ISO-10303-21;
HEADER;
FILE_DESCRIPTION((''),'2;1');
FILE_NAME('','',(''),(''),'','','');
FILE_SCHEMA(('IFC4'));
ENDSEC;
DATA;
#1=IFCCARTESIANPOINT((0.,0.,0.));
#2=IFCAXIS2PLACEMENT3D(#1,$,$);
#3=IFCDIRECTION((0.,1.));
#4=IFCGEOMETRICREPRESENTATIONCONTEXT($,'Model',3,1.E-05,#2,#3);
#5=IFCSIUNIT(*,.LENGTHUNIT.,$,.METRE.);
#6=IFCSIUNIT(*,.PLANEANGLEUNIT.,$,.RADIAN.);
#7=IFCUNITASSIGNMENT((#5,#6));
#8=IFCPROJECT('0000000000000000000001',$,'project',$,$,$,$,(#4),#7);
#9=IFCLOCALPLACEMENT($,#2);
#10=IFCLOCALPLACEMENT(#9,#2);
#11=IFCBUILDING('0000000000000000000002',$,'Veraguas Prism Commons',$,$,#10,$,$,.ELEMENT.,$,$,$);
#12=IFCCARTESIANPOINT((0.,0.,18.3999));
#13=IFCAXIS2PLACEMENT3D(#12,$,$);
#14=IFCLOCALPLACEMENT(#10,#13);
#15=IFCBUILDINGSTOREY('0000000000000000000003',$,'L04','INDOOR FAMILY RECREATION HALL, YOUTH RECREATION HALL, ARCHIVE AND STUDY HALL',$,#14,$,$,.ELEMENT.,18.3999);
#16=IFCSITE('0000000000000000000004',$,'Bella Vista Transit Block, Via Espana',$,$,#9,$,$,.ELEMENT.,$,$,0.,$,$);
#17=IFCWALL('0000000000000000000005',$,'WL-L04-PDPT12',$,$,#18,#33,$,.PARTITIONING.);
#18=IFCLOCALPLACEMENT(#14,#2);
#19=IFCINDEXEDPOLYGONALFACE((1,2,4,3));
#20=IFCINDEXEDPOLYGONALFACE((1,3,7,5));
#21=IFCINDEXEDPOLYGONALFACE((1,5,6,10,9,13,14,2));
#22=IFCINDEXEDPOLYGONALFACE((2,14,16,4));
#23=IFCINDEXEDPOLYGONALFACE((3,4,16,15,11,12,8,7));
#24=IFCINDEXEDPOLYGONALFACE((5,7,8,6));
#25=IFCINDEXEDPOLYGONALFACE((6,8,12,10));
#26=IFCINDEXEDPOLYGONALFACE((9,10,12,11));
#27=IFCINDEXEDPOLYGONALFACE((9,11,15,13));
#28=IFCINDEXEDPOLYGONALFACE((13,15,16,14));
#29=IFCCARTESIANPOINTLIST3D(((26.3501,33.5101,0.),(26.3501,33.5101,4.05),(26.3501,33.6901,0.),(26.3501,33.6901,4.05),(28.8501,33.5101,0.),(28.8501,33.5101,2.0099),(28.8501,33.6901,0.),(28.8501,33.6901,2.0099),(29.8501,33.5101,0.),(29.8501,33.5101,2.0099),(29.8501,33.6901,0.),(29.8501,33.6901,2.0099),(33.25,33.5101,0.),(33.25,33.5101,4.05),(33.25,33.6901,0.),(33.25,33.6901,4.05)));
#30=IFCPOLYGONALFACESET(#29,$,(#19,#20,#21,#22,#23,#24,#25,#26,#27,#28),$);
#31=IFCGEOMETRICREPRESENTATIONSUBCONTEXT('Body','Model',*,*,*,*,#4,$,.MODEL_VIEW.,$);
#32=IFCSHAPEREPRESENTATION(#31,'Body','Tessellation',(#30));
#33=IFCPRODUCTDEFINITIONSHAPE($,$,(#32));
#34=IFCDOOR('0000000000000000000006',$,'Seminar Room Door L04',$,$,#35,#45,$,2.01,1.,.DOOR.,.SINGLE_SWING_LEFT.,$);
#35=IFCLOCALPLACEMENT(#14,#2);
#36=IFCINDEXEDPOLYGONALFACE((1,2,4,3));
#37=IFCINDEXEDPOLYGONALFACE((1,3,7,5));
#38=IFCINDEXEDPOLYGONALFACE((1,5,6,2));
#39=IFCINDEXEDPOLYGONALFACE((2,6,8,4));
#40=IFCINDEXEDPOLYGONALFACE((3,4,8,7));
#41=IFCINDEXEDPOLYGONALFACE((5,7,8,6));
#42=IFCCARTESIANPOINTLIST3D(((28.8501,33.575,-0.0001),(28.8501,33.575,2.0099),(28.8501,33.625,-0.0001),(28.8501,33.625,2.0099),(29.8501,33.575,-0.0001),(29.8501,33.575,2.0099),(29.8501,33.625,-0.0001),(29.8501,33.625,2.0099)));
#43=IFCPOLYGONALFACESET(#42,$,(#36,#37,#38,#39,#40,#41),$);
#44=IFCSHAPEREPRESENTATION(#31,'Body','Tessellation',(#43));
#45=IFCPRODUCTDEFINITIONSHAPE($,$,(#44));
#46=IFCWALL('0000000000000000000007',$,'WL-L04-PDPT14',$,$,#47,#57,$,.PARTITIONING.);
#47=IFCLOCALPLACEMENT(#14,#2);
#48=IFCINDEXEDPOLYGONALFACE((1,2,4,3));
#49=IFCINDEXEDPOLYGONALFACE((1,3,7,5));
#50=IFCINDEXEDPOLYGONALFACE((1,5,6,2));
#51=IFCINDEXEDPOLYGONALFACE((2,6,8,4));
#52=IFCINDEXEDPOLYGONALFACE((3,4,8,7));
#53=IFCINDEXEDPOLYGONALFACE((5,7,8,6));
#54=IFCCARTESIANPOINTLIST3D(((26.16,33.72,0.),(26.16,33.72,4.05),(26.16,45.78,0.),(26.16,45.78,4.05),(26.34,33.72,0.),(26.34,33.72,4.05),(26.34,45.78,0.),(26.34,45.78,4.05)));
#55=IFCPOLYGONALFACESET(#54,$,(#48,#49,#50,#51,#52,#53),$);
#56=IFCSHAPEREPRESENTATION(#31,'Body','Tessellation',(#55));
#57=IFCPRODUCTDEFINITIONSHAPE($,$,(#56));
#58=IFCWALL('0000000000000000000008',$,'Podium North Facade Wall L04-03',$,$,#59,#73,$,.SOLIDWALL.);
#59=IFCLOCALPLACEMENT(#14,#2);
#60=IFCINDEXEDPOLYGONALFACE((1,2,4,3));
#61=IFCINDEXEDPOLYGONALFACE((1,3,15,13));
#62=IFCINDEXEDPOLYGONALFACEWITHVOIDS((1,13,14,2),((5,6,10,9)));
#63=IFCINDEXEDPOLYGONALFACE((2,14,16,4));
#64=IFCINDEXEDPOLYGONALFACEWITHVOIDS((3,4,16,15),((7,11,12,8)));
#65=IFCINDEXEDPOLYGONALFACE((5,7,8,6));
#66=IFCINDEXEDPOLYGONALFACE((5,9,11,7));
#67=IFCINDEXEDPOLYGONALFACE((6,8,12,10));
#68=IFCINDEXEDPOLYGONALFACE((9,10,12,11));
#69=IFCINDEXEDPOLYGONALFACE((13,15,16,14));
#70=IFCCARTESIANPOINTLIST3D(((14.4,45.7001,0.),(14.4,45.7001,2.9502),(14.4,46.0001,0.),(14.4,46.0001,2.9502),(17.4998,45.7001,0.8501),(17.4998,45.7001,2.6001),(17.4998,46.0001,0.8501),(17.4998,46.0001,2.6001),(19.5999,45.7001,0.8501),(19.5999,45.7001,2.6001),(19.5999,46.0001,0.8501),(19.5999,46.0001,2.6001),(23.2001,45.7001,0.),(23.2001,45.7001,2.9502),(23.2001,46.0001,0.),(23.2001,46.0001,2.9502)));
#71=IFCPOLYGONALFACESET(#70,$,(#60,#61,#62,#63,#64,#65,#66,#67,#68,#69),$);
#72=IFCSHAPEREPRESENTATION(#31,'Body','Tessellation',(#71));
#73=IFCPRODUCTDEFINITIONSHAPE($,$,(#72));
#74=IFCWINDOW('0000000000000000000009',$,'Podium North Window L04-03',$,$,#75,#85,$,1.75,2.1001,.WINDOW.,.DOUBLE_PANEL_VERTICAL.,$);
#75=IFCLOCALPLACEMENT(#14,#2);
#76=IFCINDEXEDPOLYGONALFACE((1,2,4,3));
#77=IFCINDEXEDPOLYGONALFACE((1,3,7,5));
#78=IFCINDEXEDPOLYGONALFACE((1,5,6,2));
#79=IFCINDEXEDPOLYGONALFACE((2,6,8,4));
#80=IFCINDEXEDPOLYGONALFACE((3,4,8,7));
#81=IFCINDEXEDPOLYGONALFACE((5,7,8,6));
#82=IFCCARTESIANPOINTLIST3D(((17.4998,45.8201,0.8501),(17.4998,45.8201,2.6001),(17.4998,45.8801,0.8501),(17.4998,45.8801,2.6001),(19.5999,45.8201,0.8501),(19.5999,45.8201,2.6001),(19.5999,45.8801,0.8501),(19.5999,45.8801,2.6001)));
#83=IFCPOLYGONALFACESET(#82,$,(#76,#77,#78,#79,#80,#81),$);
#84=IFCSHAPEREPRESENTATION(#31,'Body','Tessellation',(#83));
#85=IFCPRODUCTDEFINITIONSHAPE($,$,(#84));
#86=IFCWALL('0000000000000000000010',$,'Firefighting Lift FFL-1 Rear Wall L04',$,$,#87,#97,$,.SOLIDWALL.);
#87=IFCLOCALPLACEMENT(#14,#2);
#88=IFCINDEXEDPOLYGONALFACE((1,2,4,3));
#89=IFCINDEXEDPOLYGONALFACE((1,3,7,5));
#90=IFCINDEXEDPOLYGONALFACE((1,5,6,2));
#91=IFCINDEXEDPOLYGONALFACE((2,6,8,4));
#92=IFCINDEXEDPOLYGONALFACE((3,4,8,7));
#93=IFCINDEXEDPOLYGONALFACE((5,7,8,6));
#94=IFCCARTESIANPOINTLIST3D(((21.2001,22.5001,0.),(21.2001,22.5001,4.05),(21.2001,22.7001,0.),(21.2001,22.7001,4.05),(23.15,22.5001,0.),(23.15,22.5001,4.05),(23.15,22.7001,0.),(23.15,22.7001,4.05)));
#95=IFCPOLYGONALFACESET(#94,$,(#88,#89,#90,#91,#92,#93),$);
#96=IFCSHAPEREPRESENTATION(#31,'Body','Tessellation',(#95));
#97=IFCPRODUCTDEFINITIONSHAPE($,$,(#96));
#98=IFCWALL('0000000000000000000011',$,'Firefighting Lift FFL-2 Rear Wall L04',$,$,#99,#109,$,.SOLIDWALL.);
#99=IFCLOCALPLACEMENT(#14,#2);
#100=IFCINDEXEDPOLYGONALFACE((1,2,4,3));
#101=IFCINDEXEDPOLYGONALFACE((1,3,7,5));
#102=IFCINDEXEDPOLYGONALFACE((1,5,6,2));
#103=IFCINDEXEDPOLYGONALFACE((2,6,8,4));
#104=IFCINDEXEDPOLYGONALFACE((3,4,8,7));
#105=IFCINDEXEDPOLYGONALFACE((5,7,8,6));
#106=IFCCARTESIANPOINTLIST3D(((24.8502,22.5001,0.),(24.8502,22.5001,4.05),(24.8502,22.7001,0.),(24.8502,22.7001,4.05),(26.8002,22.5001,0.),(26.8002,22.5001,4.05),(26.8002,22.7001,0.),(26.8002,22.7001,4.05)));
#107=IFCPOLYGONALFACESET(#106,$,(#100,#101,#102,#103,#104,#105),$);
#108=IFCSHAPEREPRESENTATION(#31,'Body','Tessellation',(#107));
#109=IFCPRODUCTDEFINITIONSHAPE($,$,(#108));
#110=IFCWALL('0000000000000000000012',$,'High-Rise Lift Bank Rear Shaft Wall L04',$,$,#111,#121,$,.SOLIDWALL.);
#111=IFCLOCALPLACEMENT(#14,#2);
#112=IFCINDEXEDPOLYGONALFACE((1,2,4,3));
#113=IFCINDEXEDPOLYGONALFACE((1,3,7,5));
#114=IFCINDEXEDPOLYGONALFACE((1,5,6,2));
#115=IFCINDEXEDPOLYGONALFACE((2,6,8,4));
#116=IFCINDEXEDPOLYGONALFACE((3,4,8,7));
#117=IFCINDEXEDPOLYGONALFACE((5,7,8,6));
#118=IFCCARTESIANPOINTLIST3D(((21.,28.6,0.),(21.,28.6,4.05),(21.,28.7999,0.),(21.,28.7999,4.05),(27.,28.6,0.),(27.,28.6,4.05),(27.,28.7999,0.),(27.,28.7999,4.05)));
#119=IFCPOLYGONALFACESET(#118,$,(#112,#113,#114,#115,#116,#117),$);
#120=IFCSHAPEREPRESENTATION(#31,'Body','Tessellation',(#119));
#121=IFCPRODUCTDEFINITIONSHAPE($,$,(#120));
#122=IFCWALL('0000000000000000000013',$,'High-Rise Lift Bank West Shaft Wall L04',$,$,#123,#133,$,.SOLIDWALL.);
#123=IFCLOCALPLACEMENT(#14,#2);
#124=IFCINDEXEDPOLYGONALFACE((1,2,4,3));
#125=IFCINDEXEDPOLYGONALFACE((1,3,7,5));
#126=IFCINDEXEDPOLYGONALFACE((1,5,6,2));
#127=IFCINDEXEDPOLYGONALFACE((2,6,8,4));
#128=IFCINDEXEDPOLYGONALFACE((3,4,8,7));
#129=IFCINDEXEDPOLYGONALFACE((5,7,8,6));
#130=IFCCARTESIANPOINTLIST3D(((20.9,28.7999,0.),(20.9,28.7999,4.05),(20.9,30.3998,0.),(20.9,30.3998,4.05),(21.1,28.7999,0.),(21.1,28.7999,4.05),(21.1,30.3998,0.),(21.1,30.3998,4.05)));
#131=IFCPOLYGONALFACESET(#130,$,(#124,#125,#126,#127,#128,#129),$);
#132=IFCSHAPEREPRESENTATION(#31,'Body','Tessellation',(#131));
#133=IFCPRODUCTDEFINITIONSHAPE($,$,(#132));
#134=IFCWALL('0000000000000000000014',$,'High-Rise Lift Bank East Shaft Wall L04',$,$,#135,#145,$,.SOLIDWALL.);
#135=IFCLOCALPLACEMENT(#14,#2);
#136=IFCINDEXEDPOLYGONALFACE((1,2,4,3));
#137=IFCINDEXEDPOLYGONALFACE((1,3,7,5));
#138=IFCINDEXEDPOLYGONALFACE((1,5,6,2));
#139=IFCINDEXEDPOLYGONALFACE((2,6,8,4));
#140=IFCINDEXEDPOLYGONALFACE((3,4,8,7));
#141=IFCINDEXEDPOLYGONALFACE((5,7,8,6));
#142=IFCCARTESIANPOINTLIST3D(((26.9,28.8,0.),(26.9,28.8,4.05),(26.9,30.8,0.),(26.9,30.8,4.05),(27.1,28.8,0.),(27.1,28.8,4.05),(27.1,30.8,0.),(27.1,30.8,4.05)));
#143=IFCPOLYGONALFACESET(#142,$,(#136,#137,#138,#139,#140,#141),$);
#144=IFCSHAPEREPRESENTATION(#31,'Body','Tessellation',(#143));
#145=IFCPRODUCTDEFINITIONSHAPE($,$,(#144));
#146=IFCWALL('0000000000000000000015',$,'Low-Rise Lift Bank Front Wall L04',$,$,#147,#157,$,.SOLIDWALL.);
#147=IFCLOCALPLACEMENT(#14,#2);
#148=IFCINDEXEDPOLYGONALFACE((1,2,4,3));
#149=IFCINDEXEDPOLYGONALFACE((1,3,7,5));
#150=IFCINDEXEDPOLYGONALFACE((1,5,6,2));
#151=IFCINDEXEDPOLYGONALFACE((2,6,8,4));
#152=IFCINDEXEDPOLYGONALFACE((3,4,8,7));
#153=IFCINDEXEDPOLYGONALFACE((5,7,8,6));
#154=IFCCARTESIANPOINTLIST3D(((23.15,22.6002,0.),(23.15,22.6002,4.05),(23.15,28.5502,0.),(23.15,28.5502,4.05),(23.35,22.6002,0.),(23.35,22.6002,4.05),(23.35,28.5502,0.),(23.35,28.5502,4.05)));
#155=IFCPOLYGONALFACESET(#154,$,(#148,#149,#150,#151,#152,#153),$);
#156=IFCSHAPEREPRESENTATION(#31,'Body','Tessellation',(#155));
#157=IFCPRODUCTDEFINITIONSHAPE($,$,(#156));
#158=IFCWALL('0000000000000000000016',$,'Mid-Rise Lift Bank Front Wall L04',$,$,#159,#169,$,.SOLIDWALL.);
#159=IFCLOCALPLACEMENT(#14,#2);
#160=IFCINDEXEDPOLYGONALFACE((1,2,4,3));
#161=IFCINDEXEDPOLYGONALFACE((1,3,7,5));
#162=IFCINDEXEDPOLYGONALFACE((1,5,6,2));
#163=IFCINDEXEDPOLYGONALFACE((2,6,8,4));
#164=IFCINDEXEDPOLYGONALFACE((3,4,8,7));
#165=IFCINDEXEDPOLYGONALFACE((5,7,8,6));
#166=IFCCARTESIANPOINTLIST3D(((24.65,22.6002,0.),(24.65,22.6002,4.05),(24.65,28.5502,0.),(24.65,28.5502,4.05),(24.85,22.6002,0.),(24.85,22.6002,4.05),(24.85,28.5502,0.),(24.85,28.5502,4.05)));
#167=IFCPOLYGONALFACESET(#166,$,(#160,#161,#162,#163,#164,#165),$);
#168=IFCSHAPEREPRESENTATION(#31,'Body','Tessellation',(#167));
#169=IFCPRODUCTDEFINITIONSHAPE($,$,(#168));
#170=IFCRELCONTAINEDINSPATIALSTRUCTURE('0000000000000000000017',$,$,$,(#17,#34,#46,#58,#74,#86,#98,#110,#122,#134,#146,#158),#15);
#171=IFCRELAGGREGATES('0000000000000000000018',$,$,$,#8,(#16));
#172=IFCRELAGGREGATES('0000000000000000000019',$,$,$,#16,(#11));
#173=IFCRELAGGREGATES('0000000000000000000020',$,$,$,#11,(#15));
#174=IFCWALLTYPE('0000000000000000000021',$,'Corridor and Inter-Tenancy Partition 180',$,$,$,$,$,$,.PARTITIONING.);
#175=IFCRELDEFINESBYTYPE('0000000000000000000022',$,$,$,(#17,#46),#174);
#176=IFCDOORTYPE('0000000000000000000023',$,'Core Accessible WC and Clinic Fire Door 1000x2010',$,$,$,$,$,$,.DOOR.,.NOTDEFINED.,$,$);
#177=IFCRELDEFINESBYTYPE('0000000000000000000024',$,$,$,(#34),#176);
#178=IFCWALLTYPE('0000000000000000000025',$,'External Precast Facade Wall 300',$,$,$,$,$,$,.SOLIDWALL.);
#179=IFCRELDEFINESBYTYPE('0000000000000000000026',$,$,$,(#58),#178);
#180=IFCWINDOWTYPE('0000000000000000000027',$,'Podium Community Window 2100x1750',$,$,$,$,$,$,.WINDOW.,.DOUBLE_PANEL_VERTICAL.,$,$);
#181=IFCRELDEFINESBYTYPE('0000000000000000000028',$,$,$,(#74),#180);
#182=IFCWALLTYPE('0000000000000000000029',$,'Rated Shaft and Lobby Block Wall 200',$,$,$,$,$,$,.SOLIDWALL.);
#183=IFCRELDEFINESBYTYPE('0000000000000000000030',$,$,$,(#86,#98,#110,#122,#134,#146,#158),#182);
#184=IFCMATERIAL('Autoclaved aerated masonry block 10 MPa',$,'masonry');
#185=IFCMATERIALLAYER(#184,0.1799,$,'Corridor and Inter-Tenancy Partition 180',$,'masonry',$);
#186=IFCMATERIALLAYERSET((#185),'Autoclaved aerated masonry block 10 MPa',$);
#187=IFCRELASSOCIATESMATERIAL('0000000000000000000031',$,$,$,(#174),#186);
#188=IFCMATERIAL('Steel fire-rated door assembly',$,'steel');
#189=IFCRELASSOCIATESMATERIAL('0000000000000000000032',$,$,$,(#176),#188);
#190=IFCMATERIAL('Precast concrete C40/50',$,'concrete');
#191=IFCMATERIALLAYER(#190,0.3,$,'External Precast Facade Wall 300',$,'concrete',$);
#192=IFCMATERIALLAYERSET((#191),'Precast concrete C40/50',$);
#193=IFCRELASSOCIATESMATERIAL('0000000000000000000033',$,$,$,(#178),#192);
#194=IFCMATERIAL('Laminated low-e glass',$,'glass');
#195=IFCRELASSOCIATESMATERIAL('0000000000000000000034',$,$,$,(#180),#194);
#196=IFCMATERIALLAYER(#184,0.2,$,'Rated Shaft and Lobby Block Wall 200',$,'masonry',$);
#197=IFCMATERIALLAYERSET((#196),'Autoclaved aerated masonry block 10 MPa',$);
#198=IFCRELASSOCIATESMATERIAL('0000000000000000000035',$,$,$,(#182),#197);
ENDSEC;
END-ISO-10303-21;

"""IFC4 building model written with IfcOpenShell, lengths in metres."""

from ifc_helpers import new_model, si_unit, direction, frame, frame_2d, origin, place, context, subcontext, project, spatial, rectangle, extrude, source, transform, mapped, material, layer, layer_set, type_object, element, fill, save


model = new_model("IFC4")

# Units and contexts
model_context = context("Model", 3, precision=1e-05, world=origin(), true_north=direction((0.0, 1.0)))
body_context = subcontext(model_context, "Body", "Model", "MODEL_VIEW")
ifc_project = project(units=[si_unit("LENGTHUNIT", "METRE"), si_unit("PLANEANGLEUNIT", "RADIAN")], contexts=[model_context])

# Site, building, storey
site_placement = place(None, origin())
site = spatial("IfcSite", under=ifc_project, at=site_placement, Name="Bella Vista Transit Block, Via Espana", CompositionType="ELEMENT", RefElevation=0.0)
building_placement = place(site_placement, origin())
building = spatial("IfcBuilding", under=site, at=building_placement, Name="Veraguas Prism Commons", CompositionType="ELEMENT")
storey_placement = place(building_placement, frame((0.0, 0.0, 18.3999)))
storey = spatial("IfcBuildingStorey", under=building, at=storey_placement, Name="L04", Description="INDOOR FAMILY RECREATION HALL, YOUTH RECREATION HALL, ARCHIVE AND STUDY HALL", CompositionType="ELEMENT", Elevation=18.3999)

# Wall, opening, door
ifc_material_1 = material(Name="Autoclaved aerated masonry block 10 MPa", Category="masonry")
ifc_layer_1 = layer(ifc_material_1, 0.1799, Name="Corridor and Inter-Tenancy Partition 180", Category="masonry")
ifc_layer_set_1 = layer_set([ifc_layer_1], Name="Autoclaved aerated masonry block 10 MPa")
wall_type_1 = type_object("IfcWallType", Name="Corridor and Inter-Tenancy Partition 180", PredefinedType="PARTITIONING", material=ifc_layer_set_1)
wall_1_placement = place(storey_placement, frame((26.3501, 33.6001, 0.0), z_axis=(0.0, 0.0, 1.0), x_axis=(1.0, 0.0, 0.0)))
wall_1 = element("IfcWall", 1, at=wall_1_placement, inside=storey, type_object=wall_type_1, Name="WL-L04-PDPT12", PredefinedType="PARTITIONING", context=body_context, shape_type="SweptSolid", body=[
    extrude(rectangle(XDim=6.8999, YDim=0.1799, at=frame_2d((3.45, 0.0))), origin(), (0.0, 0.0, 1.0), 4.05),
])
opening_1_placement = place(wall_1_placement, frame((2.5, 0.0, 0.0)))
opening_1 = element("IfcOpeningElement", 2, at=opening_1_placement, cuts=wall_1, PredefinedType="OPENING", context=body_context, shape_type="SweptSolid", body=[
    extrude(rectangle(XDim=1.0, YDim=2.01, at=frame_2d((0.5, 1.0049))), frame((0.0, 0.0999, 0.0), z_axis=(0.0, -1.0, 0.0), x_axis=(1.0, 0.0, 0.0)), (0.0, 0.0, 1.0), 0.2),
])
ifc_material_2 = material(Name="Steel fire-rated door assembly", Category="steel")
door_type = type_object("IfcDoorType", Name="Core Accessible WC and Clinic Fire Door 1000x2010", OperationType="NOTDEFINED", PredefinedType="DOOR", material=ifc_material_2)
shared_shape_1 = source(origin(), body_context, "Body", "SweptSolid", [
    extrude(rectangle(XDim=1.0, YDim=2.01, at=frame_2d((0.5, 1.0049))), frame((0.0, 0.0249, 0.0), z_axis=(0.0, -1.0, 0.0), x_axis=(1.0, 0.0, 0.0)), (0.0, 0.0, 1.0), 0.05),
])
door_1_placement = place(opening_1_placement, origin())
door_1 = element("IfcDoor", 3, at=door_1_placement, inside=storey, type_object=door_type, Name="Seminar Room Door L04", OperationType="SINGLE_SWING_LEFT", OverallHeight=2.01, OverallWidth=1.0, PredefinedType="DOOR", context=body_context, shape_type="MappedRepresentation", body=[
    mapped(shared_shape_1, transform((0.0, 0.0, 0.0), scale=1.0)),
])
fill(opening_1, door_1)

# Wall
wall_2_placement = place(storey_placement, frame((26.25, 33.72, 0.0), z_axis=(0.0, 0.0, 1.0), x_axis=(0.0, 1.0, 0.0)))
element("IfcWall", 4, at=wall_2_placement, inside=storey, type_object=wall_type_1, Name="WL-L04-PDPT14", PredefinedType="PARTITIONING", context=body_context, shape_type="SweptSolid", body=[
    extrude(rectangle(XDim=12.0601, YDim=0.1799, at=frame_2d((6.03, 0.0))), origin(), (0.0, 0.0, 1.0), 4.05),
])

# Wall, opening, window
ifc_material_3 = material(Name="Precast concrete C40/50", Category="concrete")
ifc_layer_2 = layer(ifc_material_3, 0.3, Name="External Precast Facade Wall 300", Category="concrete")
ifc_layer_set_2 = layer_set([ifc_layer_2], Name="Precast concrete C40/50")
wall_type_2 = type_object("IfcWallType", Name="External Precast Facade Wall 300", PredefinedType="SOLIDWALL", material=ifc_layer_set_2)
wall_3_placement = place(storey_placement, frame((23.2, 45.8501, 0.0), z_axis=(0.0, 0.0, 1.0), x_axis=(-1.0, 0.0, 0.0)))
wall_3 = element("IfcWall", 5, at=wall_3_placement, inside=storey, type_object=wall_type_2, Name="Podium North Facade Wall L04-03", PredefinedType="SOLIDWALL", context=body_context, shape_type="SweptSolid", body=[
    extrude(rectangle(XDim=8.8, YDim=0.3, at=frame_2d((4.3999, 0.0))), origin(), (0.0, 0.0, 1.0), 2.9502),
])
opening_2_placement = place(wall_3_placement, frame((3.6001, 0.0, 0.8501)))
opening_2 = element("IfcOpeningElement", 6, at=opening_2_placement, cuts=wall_3, PredefinedType="OPENING", context=body_context, shape_type="SweptSolid", body=[
    extrude(rectangle(XDim=2.1001, YDim=1.75, at=frame_2d((1.05, 0.875))), frame((0.0, 0.1599, 0.0), z_axis=(0.0, -1.0, 0.0), x_axis=(1.0, 0.0, 0.0)), (0.0, 0.0, 1.0), 0.3201),
])
ifc_material_4 = material(Name="Laminated low-e glass", Category="glass")
window_type = type_object("IfcWindowType", Name="Podium Community Window 2100x1750", PartitioningType="DOUBLE_PANEL_VERTICAL", PredefinedType="WINDOW", material=ifc_material_4)
shared_shape_2 = source(origin(), body_context, "Body", "SweptSolid", [
    extrude(rectangle(XDim=2.1001, YDim=1.75, at=frame_2d((1.05, 0.875))), frame((0.0, 0.03, 0.0), z_axis=(0.0, -1.0, 0.0), x_axis=(1.0, 0.0, 0.0)), (0.0, 0.0, 1.0), 0.0601),
])
window_placement = place(opening_2_placement, origin())
window = element("IfcWindow", 7, at=window_placement, inside=storey, type_object=window_type, Name="Podium North Window L04-03", OverallHeight=1.75, OverallWidth=2.1001, PartitioningType="DOUBLE_PANEL_VERTICAL", PredefinedType="WINDOW", context=body_context, shape_type="MappedRepresentation", body=[
    mapped(shared_shape_2, transform((0.0, 0.0, 0.0), scale=1.0)),
])
fill(opening_2, window)

# Walls
ifc_layer_3 = layer(ifc_material_1, 0.2, Name="Rated Shaft and Lobby Block Wall 200", Category="masonry")
ifc_layer_set_3 = layer_set([ifc_layer_3], Name="Autoclaved aerated masonry block 10 MPa")
wall_type_3 = type_object("IfcWallType", Name="Rated Shaft and Lobby Block Wall 200", PredefinedType="SOLIDWALL", material=ifc_layer_set_3)
for number, where, z_axis, x_axis, name in (
    (8, (21.2, 22.6001, 0.0), (0.0, 0.0, 1.0), (1.0, 0.0, 0.0), "Firefighting Lift FFL-1 Rear Wall L04"),
    (9, (24.8501, 22.6001, 0.0), (0.0, 0.0, 1.0), (1.0, 0.0, 0.0), "Firefighting Lift FFL-2 Rear Wall L04"),
):
    element("IfcWall", number, at=place(storey_placement, frame(where, z_axis=z_axis, x_axis=x_axis)), inside=storey, type_object=wall_type_3, Name=name, PredefinedType="SOLIDWALL", context=body_context, shape_type="SweptSolid", body=[
        extrude(rectangle(XDim=1.95, YDim=0.2, at=frame_2d((0.9751, 0.0))), origin(), (0.0, 0.0, 1.0), 4.05),
    ])
wall_4_placement = place(storey_placement, frame((21.0, 28.7, 0.0), z_axis=(0.0, 0.0, 1.0), x_axis=(1.0, 0.0, 0.0)))
element("IfcWall", 10, at=wall_4_placement, inside=storey, type_object=wall_type_3, Name="High-Rise Lift Bank Rear Shaft Wall L04", PredefinedType="SOLIDWALL", context=body_context, shape_type="SweptSolid", body=[
    extrude(rectangle(XDim=6.0, YDim=0.2, at=frame_2d((3.0, 0.0))), origin(), (0.0, 0.0, 1.0), 4.05),
])
wall_5_placement = place(storey_placement, frame((21.0, 28.8, 0.0), z_axis=(0.0, 0.0, 1.0), x_axis=(0.0, 1.0, 0.0)))
element("IfcWall", 11, at=wall_5_placement, inside=storey, type_object=wall_type_3, Name="High-Rise Lift Bank West Shaft Wall L04", PredefinedType="SOLIDWALL", context=body_context, shape_type="SweptSolid", body=[
    extrude(rectangle(XDim=1.5999, YDim=0.2, at=frame_2d((0.7998, 0.0))), origin(), (0.0, 0.0, 1.0), 4.05),
])
wall_6_placement = place(storey_placement, frame((27.0, 28.8, 0.0), z_axis=(0.0, 0.0, 1.0), x_axis=(0.0, 1.0, 0.0)))
element("IfcWall", 12, at=wall_6_placement, inside=storey, type_object=wall_type_3, Name="High-Rise Lift Bank East Shaft Wall L04", PredefinedType="SOLIDWALL", context=body_context, shape_type="SweptSolid", body=[
    extrude(rectangle(XDim=2.0, YDim=0.2, at=frame_2d((1.0, 0.0))), origin(), (0.0, 0.0, 1.0), 4.05),
])
for number, where, z_axis, x_axis, name in (
    (13, (23.25, 22.6001, 0.0), (0.0, 0.0, 1.0), (0.0, 1.0, 0.0), "Low-Rise Lift Bank Front Wall L04"),
    (14, (24.75, 22.6001, 0.0), (0.0, 0.0, 1.0), (0.0, 1.0, 0.0), "Mid-Rise Lift Bank Front Wall L04"),
):
    element("IfcWall", number, at=place(storey_placement, frame(where, z_axis=z_axis, x_axis=x_axis)), inside=storey, type_object=wall_type_3, Name=name, PredefinedType="SOLIDWALL", context=body_context, shape_type="SweptSolid", body=[
        extrude(rectangle(XDim=5.95, YDim=0.2, at=frame_2d((2.9751, 0.0))), origin(), (0.0, 0.0, 1.0), 4.05),
    ])

save(model, "model.ifc")
